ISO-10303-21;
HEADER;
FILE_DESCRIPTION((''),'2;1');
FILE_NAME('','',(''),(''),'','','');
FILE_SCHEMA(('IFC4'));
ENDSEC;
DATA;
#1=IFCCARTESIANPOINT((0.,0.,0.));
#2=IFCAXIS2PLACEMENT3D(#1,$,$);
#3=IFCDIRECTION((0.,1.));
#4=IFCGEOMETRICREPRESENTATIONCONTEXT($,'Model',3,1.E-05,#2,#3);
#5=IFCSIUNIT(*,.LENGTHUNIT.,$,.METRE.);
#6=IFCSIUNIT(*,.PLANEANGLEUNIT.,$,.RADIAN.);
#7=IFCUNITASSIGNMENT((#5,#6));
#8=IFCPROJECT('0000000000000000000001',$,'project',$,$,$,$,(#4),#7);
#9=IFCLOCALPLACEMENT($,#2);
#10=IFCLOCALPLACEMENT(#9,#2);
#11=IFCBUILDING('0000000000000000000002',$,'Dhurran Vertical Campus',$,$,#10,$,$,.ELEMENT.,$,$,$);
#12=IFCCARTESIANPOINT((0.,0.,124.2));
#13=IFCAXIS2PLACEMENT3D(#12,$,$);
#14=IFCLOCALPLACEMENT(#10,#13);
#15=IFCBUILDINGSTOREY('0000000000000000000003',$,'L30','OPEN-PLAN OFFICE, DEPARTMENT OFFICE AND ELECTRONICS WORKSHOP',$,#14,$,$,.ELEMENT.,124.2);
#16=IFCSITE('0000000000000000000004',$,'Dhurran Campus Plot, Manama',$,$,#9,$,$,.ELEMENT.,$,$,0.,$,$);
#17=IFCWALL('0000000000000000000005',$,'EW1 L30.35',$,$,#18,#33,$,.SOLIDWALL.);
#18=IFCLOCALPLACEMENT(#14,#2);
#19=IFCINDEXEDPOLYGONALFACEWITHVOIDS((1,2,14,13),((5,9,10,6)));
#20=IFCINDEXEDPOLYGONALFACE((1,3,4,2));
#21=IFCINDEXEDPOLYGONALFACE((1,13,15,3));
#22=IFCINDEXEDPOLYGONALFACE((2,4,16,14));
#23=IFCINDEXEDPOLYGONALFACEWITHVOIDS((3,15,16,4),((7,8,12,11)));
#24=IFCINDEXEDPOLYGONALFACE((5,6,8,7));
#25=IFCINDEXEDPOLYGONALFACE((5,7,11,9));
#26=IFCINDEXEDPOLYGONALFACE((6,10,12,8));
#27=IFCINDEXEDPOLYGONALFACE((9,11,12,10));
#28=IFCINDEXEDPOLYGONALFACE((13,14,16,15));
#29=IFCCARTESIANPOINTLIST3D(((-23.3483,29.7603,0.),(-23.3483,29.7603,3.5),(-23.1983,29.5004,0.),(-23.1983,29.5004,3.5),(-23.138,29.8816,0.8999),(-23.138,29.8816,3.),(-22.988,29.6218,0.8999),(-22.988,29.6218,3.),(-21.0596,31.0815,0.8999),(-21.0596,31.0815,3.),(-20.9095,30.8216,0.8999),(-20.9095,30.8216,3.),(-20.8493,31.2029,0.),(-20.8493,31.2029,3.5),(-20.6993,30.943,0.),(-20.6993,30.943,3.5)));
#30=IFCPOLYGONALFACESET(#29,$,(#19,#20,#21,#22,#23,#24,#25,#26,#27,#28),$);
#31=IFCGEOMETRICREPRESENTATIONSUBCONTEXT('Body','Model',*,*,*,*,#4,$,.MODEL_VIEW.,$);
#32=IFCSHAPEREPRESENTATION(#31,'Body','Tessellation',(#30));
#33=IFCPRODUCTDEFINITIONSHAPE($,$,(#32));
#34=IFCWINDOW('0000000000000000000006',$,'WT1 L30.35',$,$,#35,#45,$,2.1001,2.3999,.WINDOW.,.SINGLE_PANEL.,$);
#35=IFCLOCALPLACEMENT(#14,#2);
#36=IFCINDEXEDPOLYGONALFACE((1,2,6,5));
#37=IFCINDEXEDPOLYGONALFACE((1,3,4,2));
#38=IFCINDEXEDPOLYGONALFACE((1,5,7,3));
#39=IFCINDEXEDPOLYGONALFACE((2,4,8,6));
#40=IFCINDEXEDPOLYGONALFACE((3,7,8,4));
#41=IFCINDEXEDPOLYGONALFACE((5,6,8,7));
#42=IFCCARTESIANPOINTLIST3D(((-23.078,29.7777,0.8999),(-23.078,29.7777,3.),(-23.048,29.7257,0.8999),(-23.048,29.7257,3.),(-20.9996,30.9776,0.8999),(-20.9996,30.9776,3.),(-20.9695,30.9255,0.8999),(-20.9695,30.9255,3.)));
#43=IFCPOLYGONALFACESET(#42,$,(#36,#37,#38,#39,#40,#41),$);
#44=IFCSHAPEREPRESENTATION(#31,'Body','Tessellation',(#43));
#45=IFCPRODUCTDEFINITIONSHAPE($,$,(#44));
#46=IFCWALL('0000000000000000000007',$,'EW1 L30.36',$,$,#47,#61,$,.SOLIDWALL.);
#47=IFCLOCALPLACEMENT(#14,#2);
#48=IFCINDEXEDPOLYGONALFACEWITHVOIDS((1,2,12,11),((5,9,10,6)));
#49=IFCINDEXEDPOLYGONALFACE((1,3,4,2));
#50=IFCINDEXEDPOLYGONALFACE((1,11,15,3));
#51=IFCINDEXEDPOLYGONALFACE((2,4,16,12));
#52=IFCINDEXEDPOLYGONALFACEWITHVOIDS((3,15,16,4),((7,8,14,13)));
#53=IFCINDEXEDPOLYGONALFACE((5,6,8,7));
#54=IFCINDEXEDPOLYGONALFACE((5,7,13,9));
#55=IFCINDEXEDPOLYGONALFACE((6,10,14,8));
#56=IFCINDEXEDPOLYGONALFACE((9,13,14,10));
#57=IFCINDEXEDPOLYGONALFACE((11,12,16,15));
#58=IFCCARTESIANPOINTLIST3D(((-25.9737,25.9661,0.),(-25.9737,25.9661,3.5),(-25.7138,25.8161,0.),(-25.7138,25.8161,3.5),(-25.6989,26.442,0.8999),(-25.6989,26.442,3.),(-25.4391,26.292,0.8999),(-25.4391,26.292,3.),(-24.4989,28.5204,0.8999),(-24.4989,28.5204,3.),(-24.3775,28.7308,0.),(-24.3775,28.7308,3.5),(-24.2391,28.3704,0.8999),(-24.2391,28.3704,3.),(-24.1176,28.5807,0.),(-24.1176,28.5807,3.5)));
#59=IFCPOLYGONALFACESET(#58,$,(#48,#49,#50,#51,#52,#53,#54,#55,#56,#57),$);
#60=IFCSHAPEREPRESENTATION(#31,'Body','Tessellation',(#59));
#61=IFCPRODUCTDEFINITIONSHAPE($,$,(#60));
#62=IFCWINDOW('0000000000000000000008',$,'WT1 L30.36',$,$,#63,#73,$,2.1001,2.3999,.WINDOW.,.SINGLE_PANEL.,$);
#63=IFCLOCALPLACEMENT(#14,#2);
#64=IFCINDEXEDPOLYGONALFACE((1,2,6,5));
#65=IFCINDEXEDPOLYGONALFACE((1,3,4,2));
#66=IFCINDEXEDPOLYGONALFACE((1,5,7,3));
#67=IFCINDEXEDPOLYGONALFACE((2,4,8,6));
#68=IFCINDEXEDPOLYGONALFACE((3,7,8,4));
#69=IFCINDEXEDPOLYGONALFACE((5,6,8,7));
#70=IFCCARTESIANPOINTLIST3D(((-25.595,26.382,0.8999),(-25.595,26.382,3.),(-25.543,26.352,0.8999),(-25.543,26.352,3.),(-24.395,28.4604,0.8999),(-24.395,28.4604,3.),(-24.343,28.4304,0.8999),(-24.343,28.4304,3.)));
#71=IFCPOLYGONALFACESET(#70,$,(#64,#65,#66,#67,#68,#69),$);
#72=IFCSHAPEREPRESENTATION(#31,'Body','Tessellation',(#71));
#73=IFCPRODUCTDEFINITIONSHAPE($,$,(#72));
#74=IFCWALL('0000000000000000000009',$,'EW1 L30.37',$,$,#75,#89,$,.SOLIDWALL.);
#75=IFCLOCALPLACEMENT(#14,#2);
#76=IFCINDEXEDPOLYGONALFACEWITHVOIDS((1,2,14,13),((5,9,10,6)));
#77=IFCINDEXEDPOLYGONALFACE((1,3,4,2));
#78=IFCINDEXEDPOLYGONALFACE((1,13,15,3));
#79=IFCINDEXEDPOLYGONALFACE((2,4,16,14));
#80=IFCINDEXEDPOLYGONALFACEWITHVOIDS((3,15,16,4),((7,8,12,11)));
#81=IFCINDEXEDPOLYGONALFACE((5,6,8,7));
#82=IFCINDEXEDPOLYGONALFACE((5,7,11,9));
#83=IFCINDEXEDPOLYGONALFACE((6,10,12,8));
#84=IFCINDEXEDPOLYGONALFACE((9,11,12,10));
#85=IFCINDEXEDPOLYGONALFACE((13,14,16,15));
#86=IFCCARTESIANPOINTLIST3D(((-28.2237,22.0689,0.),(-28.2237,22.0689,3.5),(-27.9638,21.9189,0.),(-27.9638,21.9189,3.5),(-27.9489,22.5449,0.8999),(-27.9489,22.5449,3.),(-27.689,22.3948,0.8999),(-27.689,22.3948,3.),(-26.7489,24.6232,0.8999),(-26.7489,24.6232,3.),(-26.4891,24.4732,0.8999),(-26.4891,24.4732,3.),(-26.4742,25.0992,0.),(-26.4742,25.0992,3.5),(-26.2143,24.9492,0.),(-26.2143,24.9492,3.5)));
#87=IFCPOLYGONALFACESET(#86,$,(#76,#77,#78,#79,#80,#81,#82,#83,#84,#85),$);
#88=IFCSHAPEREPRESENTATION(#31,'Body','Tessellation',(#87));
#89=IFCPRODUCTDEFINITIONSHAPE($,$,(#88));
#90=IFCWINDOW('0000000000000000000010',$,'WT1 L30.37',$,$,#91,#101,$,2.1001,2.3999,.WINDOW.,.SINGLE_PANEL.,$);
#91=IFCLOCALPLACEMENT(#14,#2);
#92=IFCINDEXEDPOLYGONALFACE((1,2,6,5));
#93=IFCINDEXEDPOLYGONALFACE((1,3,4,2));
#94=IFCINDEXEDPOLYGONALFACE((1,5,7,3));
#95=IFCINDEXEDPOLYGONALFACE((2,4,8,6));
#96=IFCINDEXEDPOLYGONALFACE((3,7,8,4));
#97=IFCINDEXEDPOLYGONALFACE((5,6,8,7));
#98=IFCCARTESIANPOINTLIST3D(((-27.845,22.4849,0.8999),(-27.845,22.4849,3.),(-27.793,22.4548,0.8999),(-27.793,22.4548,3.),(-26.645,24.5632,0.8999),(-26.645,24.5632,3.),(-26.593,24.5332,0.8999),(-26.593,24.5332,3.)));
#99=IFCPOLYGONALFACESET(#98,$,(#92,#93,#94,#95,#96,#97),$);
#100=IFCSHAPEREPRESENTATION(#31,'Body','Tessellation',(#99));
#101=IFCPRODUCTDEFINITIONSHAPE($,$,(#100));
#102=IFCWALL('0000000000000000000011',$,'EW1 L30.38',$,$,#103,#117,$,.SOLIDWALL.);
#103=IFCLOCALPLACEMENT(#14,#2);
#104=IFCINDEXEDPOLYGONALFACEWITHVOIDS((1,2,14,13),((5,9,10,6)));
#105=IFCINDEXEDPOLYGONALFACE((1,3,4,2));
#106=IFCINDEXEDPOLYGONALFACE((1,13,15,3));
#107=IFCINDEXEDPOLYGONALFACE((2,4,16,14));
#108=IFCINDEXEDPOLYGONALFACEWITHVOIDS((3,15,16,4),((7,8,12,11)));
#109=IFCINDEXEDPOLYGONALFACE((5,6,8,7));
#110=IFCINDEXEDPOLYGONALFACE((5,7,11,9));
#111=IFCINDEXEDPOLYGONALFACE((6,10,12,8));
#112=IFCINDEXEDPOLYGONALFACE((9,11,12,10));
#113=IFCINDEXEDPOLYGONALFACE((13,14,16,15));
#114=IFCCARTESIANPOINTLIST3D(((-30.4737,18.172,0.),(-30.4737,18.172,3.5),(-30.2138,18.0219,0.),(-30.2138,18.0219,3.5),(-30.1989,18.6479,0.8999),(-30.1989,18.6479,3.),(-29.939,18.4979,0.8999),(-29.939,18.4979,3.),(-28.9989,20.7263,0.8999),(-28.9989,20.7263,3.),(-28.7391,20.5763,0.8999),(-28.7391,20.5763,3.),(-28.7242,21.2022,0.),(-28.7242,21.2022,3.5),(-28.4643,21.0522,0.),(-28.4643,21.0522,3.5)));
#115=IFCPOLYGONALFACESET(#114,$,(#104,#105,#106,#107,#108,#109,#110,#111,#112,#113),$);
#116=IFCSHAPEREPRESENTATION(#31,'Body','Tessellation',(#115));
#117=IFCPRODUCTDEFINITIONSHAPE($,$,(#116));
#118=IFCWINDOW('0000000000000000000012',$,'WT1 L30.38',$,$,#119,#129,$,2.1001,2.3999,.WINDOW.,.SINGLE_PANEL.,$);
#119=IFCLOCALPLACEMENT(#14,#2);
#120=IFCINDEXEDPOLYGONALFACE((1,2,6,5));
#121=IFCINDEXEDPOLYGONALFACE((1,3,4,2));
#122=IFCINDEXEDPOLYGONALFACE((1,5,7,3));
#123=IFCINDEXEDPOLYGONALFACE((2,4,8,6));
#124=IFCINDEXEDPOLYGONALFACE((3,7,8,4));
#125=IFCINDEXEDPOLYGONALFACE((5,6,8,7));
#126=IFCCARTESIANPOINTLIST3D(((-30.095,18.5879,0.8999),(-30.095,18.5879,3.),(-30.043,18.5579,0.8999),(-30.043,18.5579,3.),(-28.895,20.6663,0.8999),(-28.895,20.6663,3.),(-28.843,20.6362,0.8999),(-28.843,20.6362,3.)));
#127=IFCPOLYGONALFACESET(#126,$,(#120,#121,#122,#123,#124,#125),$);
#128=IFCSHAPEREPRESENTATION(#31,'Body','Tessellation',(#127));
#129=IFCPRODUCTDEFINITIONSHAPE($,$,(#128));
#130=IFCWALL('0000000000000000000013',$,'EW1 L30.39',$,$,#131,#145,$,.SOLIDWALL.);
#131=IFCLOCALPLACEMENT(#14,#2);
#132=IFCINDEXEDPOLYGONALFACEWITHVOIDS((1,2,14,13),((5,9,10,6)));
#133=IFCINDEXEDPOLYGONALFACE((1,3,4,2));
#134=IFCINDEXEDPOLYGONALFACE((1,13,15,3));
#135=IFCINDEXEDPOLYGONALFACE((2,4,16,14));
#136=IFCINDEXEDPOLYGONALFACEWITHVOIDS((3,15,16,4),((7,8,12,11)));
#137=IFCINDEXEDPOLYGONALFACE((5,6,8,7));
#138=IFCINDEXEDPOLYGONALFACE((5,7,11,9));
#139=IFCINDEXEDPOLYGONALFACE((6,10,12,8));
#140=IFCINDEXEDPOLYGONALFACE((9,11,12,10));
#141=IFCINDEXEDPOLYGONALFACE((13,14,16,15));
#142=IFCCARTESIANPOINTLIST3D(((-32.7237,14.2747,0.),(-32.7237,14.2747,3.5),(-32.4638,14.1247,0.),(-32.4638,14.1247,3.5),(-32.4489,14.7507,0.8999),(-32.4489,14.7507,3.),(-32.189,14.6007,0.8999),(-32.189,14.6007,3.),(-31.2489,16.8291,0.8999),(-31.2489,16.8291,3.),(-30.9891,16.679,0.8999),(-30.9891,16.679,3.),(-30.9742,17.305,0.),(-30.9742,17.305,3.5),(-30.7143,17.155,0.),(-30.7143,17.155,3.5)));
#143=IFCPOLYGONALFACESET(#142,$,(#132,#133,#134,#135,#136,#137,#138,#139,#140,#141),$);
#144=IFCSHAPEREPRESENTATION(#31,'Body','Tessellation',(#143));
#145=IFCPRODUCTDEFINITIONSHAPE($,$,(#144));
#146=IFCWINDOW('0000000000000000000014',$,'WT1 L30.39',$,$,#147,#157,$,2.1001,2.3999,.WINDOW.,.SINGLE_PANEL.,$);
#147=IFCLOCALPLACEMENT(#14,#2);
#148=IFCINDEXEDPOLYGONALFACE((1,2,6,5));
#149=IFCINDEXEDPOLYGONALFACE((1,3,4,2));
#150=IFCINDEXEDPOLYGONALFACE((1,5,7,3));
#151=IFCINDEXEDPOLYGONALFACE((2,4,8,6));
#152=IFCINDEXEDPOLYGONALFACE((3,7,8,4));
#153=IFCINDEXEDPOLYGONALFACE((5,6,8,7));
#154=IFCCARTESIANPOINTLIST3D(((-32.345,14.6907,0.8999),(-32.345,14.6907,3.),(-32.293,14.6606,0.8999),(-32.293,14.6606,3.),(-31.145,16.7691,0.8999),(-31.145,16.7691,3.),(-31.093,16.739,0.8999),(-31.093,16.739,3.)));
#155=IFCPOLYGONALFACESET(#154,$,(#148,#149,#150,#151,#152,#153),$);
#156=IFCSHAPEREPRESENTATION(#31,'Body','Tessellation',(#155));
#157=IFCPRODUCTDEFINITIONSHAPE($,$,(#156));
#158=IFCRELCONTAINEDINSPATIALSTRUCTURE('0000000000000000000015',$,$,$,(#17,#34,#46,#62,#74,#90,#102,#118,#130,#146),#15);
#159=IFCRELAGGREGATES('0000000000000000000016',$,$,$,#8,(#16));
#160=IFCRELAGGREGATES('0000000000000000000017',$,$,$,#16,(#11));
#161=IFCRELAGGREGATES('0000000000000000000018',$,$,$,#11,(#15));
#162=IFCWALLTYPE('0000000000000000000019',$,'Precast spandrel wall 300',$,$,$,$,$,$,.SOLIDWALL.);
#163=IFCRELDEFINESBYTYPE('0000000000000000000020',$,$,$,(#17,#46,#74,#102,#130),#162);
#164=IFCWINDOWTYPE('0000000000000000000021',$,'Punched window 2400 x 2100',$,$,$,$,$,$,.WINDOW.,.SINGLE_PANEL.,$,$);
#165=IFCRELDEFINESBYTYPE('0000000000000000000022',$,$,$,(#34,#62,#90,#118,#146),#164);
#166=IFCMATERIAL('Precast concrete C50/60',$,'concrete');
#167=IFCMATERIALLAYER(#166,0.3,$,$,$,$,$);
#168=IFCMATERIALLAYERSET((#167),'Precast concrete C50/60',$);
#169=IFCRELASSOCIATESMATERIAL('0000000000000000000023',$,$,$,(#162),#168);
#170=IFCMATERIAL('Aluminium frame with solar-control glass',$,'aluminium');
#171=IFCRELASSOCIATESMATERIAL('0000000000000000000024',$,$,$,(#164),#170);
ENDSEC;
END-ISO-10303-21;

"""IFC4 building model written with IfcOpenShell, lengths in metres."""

from ifc_helpers import new_model, si_unit, direction, frame, frame_2d, origin, place, context, subcontext, project, spatial, rectangle, extrude, material, layer, layer_set, type_object, element, fill, save


model = new_model("IFC4")

# Units and contexts
model_context = context("Model", 3, precision=1e-05, world=origin(), true_north=direction((0.0, 1.0)))
body_context = subcontext(model_context, "Body", "Model", "MODEL_VIEW")
ifc_project = project(units=[si_unit("LENGTHUNIT", "METRE"), si_unit("PLANEANGLEUNIT", "RADIAN")], contexts=[model_context])

# Site, building, storey
site_placement = place(None, origin())
site = spatial("IfcSite", under=ifc_project, at=site_placement, Name="Dhurran Campus Plot, Manama", CompositionType="ELEMENT", RefElevation=0.0)
building_placement = place(site_placement, origin())
building = spatial("IfcBuilding", under=site, at=building_placement, Name="Dhurran Vertical Campus", CompositionType="ELEMENT")
storey_placement = place(building_placement, frame((0.0, 0.0, 124.2)))
storey = spatial("IfcBuildingStorey", under=building, at=storey_placement, Name="L30", Description="OPEN-PLAN OFFICE, DEPARTMENT OFFICE AND ELECTRONICS WORKSHOP", CompositionType="ELEMENT", Elevation=124.2)

# Walls, openings, windows
ifc_material_1 = material(Name="Precast concrete C50/60", Category="concrete")
ifc_layer_1 = layer(ifc_material_1, 0.3)
ifc_layer_set_1 = layer_set([ifc_layer_1], Name="Precast concrete C50/60")
wall_type_1 = type_object("IfcWallType", Name="Precast spandrel wall 300", PredefinedType="SOLIDWALL", material=ifc_layer_set_1)
ifc_material_2 = material(Name="Aluminium frame with solar-control glass", Category="aluminium")
window_type = type_object("IfcWindowType", Name="Punched window 2400 x 2100", PartitioningType="SINGLE_PANEL", PredefinedType="WINDOW", material=ifc_material_2)
wall_1_placement = place(storey_placement, frame((-20.7742, 31.073, 0.0), z_axis=(0.0, 0.0, 1.0), x_axis=(-0.866053, -0.499952, 0.0)))
wall_1 = element("IfcWall", 1, at=wall_1_placement, inside=storey, type_object=wall_type_1, Name="EW1 L30.35", PredefinedType="SOLIDWALL", context=body_context, shape_type="SweptSolid", body=[
    extrude(rectangle(XDim=2.8855, YDim=0.3, at=frame_2d((1.4429, 0.0))), origin(), (0.0, 0.0, 1.0), 3.5),
])
opening_1_placement = place(wall_1_placement, frame((0.2429, 0.0, 0.8999)))
opening_1 = element("IfcOpeningElement", 2, at=opening_1_placement, cuts=wall_1, PredefinedType="OPENING", context=body_context, shape_type="SweptSolid", body=[
    extrude(rectangle(XDim=2.3999, YDim=2.1001, at=frame_2d((1.2, 1.05))), frame((0.0, 0.1599, 0.0), z_axis=(0.0, -1.0, 0.0), x_axis=(1.0, 0.0, 0.0)), (0.0, 0.0, 1.0), 0.3201),
])
window_1_placement = place(opening_1_placement, origin())
window_1 = element("IfcWindow", 3, at=window_1_placement, inside=storey, type_object=window_type, Name="WT1 L30.35", OverallHeight=2.1001, OverallWidth=2.3999, PartitioningType="SINGLE_PANEL", PredefinedType="WINDOW", context=body_context, shape_type="SweptSolid", body=[
    extrude(rectangle(XDim=2.3999, YDim=2.1001, at=frame_2d((1.2, 1.05))), frame((0.0, 0.03, 0.0), z_axis=(0.0, -1.0, 0.0), x_axis=(1.0, 0.0, 0.0)), (0.0, 0.0, 1.0), 0.0601),
])
fill(opening_1, window_1)
wall_2_placement = place(storey_placement, frame((-24.2476, 28.6558, 0.0), z_axis=(0.0, 0.0, 1.0), x_axis=(-0.500005, -0.866023, 0.0)))
wall_2 = element("IfcWall", 4, at=wall_2_placement, inside=storey, type_object=wall_type_1, Name="EW1 L30.36", PredefinedType="SOLIDWALL", context=body_context, shape_type="SweptSolid", body=[
    extrude(rectangle(XDim=3.1924, YDim=0.3, at=frame_2d((1.5962, 0.0))), origin(), (0.0, 0.0, 1.0), 3.5),
])
opening_2_placement = place(wall_2_placement, frame((0.2429, 0.0, 0.8999)))
opening_2 = element("IfcOpeningElement", 5, at=opening_2_placement, cuts=wall_2, PredefinedType="OPENING", context=body_context, shape_type="SweptSolid", body=[
    extrude(rectangle(XDim=2.3999, YDim=2.1001, at=frame_2d((1.2, 1.05))), frame((0.0, 0.1599, 0.0), z_axis=(0.0, -1.0, 0.0), x_axis=(1.0, 0.0, 0.0)), (0.0, 0.0, 1.0), 0.3201),
])
window_2_placement = place(opening_2_placement, origin())
window_2 = element("IfcWindow", 6, at=window_2_placement, inside=storey, type_object=window_type, Name="WT1 L30.36", OverallHeight=2.1001, OverallWidth=2.3999, PartitioningType="SINGLE_PANEL", PredefinedType="WINDOW", context=body_context, shape_type="SweptSolid", body=[
    extrude(rectangle(XDim=2.3999, YDim=2.1001, at=frame_2d((1.2, 1.05))), frame((0.0, 0.03, 0.0), z_axis=(0.0, -1.0, 0.0), x_axis=(1.0, 0.0, 0.0)), (0.0, 0.0, 1.0), 0.0601),
])
fill(opening_2, window_2)
wall_3_placement = place(storey_placement, frame((-26.3442, 25.0242, 0.0), z_axis=(0.0, 0.0, 1.0), x_axis=(-0.499996, -0.866028, 0.0)))
wall_3 = element("IfcWall", 7, at=wall_3_placement, inside=storey, type_object=wall_type_1, Name="EW1 L30.37", PredefinedType="SOLIDWALL", context=body_context, shape_type="SweptSolid", body=[
    extrude(rectangle(XDim=3.499, YDim=0.3, at=frame_2d((1.7495, 0.0))), origin(), (0.0, 0.0, 1.0), 3.5),
])
opening_3_placement = place(wall_3_placement, frame((0.5496, 0.0, 0.8999)))
opening_3 = element("IfcOpeningElement", 8, at=opening_3_placement, cuts=wall_3, PredefinedType="OPENING", context=body_context, shape_type="SweptSolid", body=[
    extrude(rectangle(XDim=2.3999, YDim=2.1001, at=frame_2d((1.2, 1.05))), frame((0.0, 0.1599, 0.0), z_axis=(0.0, -1.0, 0.0), x_axis=(1.0, 0.0, 0.0)), (0.0, 0.0, 1.0), 0.3201),
])
window_3_placement = place(opening_3_placement, origin())
window_3 = element("IfcWindow", 9, at=window_3_placement, inside=storey, type_object=window_type, Name="WT1 L30.37", OverallHeight=2.1001, OverallWidth=2.3999, PartitioningType="SINGLE_PANEL", PredefinedType="WINDOW", context=body_context, shape_type="SweptSolid", body=[
    extrude(rectangle(XDim=2.3999, YDim=2.1001, at=frame_2d((1.2, 1.05))), frame((0.0, 0.03, 0.0), z_axis=(0.0, -1.0, 0.0), x_axis=(1.0, 0.0, 0.0)), (0.0, 0.0, 1.0), 0.0601),
])
fill(opening_3, window_3)
wall_4_placement = place(storey_placement, frame((-28.5942, 21.1272, 0.0), z_axis=(0.0, 0.0, 1.0), x_axis=(-0.499996, -0.866028, 0.0)))
wall_4 = element("IfcWall", 10, at=wall_4_placement, inside=storey, type_object=wall_type_1, Name="EW1 L30.38", PredefinedType="SOLIDWALL", context=body_context, shape_type="SweptSolid", body=[
    extrude(rectangle(XDim=3.499, YDim=0.3, at=frame_2d((1.7495, 0.0))), origin(), (0.0, 0.0, 1.0), 3.5),
])
opening_4_placement = place(wall_4_placement, frame((0.5496, 0.0, 0.8999)))
opening_4 = element("IfcOpeningElement", 11, at=opening_4_placement, cuts=wall_4, PredefinedType="OPENING", context=body_context, shape_type="SweptSolid", body=[
    extrude(rectangle(XDim=2.3999, YDim=2.1001, at=frame_2d((1.2, 1.05))), frame((0.0, 0.1599, 0.0), z_axis=(0.0, -1.0, 0.0), x_axis=(1.0, 0.0, 0.0)), (0.0, 0.0, 1.0), 0.3201),
])
window_4_placement = place(opening_4_placement, origin())
window_4 = element("IfcWindow", 12, at=window_4_placement, inside=storey, type_object=window_type, Name="WT1 L30.38", OverallHeight=2.1001, OverallWidth=2.3999, PartitioningType="SINGLE_PANEL", PredefinedType="WINDOW", context=body_context, shape_type="SweptSolid", body=[
    extrude(rectangle(XDim=2.3999, YDim=2.1001, at=frame_2d((1.2, 1.05))), frame((0.0, 0.03, 0.0), z_axis=(0.0, -1.0, 0.0), x_axis=(1.0, 0.0, 0.0)), (0.0, 0.0, 1.0), 0.0601),
])
fill(opening_4, window_4)
wall_5_placement = place(storey_placement, frame((-30.8442, 17.23, 0.0), z_axis=(0.0, 0.0, 1.0), x_axis=(-0.499996, -0.866028, 0.0)))
wall_5 = element("IfcWall", 13, at=wall_5_placement, inside=storey, type_object=wall_type_1, Name="EW1 L30.39", PredefinedType="SOLIDWALL", context=body_context, shape_type="SweptSolid", body=[
    extrude(rectangle(XDim=3.499, YDim=0.3, at=frame_2d((1.7495, 0.0))), origin(), (0.0, 0.0, 1.0), 3.5),
])
opening_5_placement = place(wall_5_placement, frame((0.5496, 0.0, 0.8999)))
opening_5 = element("IfcOpeningElement", 14, at=opening_5_placement, cuts=wall_5, PredefinedType="OPENING", context=body_context, shape_type="SweptSolid", body=[
    extrude(rectangle(XDim=2.3999, YDim=2.1001, at=frame_2d((1.2, 1.05))), frame((0.0, 0.1599, 0.0), z_axis=(0.0, -1.0, 0.0), x_axis=(1.0, 0.0, 0.0)), (0.0, 0.0, 1.0), 0.3201),
])
window_5_placement = place(opening_5_placement, origin())
window_5 = element("IfcWindow", 15, at=window_5_placement, inside=storey, type_object=window_type, Name="WT1 L30.39", OverallHeight=2.1001, OverallWidth=2.3999, PartitioningType="SINGLE_PANEL", PredefinedType="WINDOW", context=body_context, shape_type="SweptSolid", body=[
    extrude(rectangle(XDim=2.3999, YDim=2.1001, at=frame_2d((1.2, 1.05))), frame((0.0, 0.03, 0.0), z_axis=(0.0, -1.0, 0.0), x_axis=(1.0, 0.0, 0.0)), (0.0, 0.0, 1.0), 0.0601),
])
fill(opening_5, window_5)

save(model, "model.ifc")
